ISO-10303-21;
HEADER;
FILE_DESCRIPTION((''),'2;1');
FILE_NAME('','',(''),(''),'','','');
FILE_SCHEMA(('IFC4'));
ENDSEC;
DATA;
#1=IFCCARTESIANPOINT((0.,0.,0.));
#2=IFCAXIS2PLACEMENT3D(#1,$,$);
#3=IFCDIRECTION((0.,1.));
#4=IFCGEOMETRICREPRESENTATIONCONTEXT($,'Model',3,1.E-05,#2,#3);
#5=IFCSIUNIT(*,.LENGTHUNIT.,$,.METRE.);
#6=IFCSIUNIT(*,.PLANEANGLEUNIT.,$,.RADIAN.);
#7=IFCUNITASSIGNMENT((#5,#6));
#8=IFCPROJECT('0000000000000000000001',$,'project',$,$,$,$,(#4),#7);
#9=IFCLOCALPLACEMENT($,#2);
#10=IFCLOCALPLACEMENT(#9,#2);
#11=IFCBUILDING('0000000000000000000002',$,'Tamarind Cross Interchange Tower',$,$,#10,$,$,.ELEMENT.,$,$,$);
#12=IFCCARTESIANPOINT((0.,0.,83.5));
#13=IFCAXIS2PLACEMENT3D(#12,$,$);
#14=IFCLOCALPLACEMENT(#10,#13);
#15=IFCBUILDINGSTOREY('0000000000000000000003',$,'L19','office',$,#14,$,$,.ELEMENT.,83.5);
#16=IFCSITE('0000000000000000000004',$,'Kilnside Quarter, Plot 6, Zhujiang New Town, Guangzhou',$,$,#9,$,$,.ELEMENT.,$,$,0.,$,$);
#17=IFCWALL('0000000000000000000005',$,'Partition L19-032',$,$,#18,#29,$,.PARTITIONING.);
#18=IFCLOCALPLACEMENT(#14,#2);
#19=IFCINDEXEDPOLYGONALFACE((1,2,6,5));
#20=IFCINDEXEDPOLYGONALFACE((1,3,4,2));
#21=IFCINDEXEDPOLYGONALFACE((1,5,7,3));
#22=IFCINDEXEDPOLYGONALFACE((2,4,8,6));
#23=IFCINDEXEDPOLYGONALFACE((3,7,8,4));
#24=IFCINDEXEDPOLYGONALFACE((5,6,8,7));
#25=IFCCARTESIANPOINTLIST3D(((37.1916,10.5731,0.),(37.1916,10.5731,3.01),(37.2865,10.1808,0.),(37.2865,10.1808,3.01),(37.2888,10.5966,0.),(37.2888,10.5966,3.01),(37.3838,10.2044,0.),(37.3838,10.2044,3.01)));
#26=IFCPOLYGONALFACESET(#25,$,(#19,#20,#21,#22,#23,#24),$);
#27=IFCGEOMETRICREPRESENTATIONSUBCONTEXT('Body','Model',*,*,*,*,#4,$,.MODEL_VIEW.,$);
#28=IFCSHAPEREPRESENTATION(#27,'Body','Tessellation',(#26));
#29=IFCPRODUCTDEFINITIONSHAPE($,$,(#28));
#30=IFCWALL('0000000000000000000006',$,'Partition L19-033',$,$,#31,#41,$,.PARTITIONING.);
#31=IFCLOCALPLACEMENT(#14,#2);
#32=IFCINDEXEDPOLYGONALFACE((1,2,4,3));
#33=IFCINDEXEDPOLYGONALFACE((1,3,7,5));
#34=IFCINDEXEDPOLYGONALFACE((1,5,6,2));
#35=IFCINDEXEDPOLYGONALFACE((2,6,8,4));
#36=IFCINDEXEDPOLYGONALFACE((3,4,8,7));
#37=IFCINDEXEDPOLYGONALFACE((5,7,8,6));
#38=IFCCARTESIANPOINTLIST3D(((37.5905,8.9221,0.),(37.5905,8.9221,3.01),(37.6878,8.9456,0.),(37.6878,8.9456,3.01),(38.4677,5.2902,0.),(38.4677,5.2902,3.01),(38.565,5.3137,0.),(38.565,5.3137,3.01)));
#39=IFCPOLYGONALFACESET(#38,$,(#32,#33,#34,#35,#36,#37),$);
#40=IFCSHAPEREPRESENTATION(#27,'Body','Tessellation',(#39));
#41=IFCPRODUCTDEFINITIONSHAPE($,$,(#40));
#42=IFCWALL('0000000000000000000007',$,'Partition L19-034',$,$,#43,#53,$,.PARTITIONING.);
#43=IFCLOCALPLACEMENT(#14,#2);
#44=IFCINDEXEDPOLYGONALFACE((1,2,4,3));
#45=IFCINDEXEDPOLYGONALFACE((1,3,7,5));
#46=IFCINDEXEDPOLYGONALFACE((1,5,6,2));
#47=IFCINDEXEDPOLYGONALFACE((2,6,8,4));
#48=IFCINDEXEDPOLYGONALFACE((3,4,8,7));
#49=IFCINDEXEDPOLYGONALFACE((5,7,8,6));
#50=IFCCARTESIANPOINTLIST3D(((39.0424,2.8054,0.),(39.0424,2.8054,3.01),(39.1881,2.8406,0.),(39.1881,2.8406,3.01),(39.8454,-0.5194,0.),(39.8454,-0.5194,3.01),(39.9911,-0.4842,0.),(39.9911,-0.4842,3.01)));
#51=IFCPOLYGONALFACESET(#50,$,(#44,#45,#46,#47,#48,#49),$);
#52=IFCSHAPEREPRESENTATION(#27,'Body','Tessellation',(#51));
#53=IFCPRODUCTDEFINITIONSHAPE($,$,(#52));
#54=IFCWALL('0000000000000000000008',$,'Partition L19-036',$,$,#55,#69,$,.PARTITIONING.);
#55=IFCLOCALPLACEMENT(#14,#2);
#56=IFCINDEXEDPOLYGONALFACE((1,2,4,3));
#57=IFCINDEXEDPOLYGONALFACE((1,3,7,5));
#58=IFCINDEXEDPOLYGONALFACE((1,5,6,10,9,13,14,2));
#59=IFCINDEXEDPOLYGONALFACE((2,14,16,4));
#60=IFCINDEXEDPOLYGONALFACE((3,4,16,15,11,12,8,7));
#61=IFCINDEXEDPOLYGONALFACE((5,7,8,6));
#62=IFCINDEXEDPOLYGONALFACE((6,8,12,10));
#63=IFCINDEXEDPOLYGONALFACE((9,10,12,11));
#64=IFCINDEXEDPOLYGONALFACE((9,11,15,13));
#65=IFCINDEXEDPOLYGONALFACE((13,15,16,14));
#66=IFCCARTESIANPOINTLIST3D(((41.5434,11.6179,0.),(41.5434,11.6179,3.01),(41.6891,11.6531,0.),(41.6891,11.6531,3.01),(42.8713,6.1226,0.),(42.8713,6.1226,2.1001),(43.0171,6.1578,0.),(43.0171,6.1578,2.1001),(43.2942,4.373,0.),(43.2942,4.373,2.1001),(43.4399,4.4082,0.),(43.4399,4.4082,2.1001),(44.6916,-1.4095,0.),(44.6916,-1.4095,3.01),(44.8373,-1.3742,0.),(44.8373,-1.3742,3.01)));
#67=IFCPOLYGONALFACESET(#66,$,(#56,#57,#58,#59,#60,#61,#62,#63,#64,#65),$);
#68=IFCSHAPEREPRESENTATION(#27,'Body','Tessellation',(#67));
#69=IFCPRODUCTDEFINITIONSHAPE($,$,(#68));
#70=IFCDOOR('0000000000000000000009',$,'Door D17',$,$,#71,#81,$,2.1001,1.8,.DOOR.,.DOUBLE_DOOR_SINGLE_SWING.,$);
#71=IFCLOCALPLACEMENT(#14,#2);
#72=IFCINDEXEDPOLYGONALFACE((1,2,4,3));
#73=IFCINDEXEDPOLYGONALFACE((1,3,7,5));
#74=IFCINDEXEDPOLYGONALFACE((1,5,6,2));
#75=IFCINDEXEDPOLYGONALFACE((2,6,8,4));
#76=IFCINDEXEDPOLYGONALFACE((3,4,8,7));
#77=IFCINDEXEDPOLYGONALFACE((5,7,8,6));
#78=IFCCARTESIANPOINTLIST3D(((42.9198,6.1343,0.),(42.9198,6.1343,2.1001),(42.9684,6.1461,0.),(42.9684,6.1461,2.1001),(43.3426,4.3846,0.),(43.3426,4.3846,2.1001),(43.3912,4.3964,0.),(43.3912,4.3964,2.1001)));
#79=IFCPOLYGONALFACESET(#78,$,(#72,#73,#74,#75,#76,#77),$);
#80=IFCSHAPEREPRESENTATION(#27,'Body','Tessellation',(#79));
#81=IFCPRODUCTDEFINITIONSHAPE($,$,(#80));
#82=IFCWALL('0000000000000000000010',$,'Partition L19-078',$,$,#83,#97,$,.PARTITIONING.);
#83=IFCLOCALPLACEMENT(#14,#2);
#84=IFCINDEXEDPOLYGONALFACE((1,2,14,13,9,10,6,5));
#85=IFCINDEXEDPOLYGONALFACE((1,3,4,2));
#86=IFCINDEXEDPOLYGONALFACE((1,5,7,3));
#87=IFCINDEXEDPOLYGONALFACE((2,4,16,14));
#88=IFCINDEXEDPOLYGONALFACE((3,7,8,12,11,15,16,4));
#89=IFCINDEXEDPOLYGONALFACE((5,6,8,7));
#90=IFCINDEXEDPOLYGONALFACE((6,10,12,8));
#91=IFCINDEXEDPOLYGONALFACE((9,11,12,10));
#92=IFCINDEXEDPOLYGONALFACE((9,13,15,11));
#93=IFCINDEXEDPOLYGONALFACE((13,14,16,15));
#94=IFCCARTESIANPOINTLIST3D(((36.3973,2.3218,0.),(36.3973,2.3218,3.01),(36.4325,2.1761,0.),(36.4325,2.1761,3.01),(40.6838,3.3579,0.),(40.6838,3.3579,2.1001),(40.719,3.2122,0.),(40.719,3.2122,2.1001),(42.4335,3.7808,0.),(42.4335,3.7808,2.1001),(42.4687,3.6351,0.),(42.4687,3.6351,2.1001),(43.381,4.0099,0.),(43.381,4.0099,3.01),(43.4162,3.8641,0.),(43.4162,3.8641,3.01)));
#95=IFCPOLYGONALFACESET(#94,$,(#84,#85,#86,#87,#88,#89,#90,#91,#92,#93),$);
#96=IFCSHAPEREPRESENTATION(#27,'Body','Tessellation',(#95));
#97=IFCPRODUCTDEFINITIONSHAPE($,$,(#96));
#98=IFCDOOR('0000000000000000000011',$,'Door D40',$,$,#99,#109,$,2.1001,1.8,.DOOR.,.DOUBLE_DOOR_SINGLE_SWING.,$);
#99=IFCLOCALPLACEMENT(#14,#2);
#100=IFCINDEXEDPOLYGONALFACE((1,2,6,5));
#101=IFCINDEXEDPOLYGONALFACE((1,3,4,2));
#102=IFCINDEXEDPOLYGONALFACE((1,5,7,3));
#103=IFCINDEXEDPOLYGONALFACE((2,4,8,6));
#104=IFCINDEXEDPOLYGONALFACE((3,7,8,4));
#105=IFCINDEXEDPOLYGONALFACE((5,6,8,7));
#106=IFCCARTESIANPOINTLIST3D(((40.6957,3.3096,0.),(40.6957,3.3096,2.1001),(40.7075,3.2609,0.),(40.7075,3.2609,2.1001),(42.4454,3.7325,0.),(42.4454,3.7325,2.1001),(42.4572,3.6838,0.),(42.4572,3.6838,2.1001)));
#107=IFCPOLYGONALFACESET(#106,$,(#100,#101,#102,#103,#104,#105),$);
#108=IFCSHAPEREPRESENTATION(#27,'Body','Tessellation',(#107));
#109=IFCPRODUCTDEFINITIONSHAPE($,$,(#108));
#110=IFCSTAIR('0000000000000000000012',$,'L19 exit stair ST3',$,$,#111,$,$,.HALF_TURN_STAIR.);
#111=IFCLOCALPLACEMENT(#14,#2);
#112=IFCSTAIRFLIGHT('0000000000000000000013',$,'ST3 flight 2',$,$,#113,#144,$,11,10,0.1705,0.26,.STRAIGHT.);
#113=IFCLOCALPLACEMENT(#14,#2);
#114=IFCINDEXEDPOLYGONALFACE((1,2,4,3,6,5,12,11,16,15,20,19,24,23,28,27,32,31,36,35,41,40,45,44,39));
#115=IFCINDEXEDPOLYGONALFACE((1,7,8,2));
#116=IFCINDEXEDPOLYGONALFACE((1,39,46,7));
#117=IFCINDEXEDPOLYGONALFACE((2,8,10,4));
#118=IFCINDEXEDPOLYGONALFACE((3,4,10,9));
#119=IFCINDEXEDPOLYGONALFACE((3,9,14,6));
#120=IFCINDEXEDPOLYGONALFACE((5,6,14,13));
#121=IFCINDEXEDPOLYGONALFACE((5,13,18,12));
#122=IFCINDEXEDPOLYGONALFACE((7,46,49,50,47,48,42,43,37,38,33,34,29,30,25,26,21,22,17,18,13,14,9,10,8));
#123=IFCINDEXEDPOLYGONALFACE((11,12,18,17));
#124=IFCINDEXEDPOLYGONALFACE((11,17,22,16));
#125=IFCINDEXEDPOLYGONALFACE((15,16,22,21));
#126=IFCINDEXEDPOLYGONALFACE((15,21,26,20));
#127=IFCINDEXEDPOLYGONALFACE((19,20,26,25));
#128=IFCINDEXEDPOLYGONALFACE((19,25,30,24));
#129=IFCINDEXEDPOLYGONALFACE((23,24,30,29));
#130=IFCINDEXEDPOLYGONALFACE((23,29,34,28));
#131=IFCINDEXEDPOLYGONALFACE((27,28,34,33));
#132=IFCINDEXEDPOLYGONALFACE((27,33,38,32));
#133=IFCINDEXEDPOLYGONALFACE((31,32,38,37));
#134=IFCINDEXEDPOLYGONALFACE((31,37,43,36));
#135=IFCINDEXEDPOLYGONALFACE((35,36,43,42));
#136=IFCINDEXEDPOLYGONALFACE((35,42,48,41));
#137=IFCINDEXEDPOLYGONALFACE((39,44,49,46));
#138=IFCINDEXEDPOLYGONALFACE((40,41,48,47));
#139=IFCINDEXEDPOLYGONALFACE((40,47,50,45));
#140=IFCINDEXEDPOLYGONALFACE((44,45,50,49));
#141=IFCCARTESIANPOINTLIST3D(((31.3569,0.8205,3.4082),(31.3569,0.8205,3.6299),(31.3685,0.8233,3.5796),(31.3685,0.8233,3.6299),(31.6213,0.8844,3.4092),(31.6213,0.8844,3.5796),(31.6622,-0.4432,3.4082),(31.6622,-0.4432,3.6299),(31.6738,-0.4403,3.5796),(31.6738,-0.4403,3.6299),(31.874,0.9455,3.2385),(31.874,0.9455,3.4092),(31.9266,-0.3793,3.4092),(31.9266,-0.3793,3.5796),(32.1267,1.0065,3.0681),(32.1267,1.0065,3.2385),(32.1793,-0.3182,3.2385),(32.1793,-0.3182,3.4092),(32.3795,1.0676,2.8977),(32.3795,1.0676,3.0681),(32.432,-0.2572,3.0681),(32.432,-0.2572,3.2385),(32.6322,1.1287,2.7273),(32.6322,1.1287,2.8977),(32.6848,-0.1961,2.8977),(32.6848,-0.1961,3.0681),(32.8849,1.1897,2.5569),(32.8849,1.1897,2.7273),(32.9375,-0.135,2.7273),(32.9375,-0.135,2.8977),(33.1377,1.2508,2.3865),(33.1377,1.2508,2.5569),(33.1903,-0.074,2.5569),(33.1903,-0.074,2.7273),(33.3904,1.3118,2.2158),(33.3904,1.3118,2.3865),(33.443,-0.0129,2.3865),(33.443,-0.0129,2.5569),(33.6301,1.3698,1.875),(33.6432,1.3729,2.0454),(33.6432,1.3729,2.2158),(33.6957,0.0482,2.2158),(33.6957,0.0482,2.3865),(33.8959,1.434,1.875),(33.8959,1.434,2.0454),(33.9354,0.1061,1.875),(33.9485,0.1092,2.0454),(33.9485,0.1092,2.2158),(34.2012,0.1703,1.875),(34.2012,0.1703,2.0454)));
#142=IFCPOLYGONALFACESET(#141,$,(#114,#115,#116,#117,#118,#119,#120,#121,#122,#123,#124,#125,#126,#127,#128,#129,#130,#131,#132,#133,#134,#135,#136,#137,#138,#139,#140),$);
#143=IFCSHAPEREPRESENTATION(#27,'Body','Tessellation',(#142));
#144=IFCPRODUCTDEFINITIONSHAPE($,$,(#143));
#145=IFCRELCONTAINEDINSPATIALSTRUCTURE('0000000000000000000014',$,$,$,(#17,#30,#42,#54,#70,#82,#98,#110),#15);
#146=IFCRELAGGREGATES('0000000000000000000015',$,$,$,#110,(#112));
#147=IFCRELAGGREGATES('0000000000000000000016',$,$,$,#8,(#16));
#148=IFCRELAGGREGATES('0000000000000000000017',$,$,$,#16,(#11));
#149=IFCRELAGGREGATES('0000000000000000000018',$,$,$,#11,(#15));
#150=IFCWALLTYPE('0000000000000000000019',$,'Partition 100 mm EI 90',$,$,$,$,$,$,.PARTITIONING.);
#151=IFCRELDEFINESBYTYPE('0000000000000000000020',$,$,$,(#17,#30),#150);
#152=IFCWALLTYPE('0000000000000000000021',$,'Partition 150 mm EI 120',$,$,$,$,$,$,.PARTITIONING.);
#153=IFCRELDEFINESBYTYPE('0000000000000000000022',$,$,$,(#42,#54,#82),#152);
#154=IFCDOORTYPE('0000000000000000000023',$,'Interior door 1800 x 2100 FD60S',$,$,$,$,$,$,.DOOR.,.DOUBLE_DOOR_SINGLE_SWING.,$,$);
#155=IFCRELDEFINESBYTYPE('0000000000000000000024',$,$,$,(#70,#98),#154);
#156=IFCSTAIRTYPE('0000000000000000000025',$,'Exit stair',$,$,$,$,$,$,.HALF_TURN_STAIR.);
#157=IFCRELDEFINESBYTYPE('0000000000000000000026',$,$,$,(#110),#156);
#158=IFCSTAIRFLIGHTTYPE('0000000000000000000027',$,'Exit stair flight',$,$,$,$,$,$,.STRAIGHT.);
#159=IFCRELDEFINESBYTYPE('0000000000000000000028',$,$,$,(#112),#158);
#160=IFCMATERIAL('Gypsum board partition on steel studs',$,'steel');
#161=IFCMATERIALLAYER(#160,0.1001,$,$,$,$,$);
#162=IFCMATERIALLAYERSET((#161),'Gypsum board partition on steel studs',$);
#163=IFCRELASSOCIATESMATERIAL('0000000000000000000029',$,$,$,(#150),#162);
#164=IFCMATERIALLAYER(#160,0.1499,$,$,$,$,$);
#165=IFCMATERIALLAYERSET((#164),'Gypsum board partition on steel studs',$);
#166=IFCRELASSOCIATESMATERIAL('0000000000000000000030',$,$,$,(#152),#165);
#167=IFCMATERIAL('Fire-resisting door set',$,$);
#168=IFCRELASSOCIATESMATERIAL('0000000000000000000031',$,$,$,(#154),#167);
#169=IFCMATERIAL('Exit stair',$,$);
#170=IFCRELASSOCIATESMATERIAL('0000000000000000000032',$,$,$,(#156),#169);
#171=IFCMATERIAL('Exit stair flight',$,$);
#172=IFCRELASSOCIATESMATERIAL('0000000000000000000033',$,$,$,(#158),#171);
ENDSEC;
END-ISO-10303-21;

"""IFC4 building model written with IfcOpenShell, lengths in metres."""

from ifc_helpers import new_model, si_unit, direction, frame, frame_2d, origin, place, context, subcontext, project, spatial, polyline, rectangle, outline, extrude, material, layer, layer_set, type_object, element, fill, aggregate, save


model = new_model("IFC4")

# Units and contexts
model_context = context("Model", 3, precision=1e-05, world=origin(), true_north=direction((0.0, 1.0)))
body_context = subcontext(model_context, "Body", "Model", "MODEL_VIEW")
ifc_project = project(units=[si_unit("LENGTHUNIT", "METRE"), si_unit("PLANEANGLEUNIT", "RADIAN")], contexts=[model_context])

# Site, building, storey
site_placement = place(None, origin())
site = spatial("IfcSite", under=ifc_project, at=site_placement, Name="Kilnside Quarter, Plot 6, Zhujiang New Town, Guangzhou", CompositionType="ELEMENT", RefElevation=0.0)
building_placement = place(site_placement, origin())
building = spatial("IfcBuilding", under=site, at=building_placement, Name="Tamarind Cross Interchange Tower", CompositionType="ELEMENT")
storey_placement = place(building_placement, frame((0.0, 0.0, 83.5)))
storey = spatial("IfcBuildingStorey", under=building, at=storey_placement, Name="L19", Description="office", CompositionType="ELEMENT", Elevation=83.5)

# Walls
ifc_material_1 = material(Name="Gypsum board partition on steel studs", Category="steel")
ifc_layer_1 = layer(ifc_material_1, 0.1001)
ifc_layer_set_1 = layer_set([ifc_layer_1], Name="Gypsum board partition on steel studs")
wall_type_1 = type_object("IfcWallType", Name="Partition 100 mm EI 90", PredefinedType="PARTITIONING", material=ifc_layer_set_1)
wall_1_placement = place(storey_placement, frame((37.2402, 10.5847, 0.0), z_axis=(0.0, 0.0, 1.0), x_axis=(0.235271, -0.97193, 0.0)))
element("IfcWall", 1, at=wall_1_placement, inside=storey, type_object=wall_type_1, Name="Partition L19-032", PredefinedType="PARTITIONING", context=body_context, shape_type="SweptSolid", body=[
    extrude(rectangle(XDim=0.4036, YDim=0.1001, at=frame_2d((0.2017, 0.0))), origin(), (0.0, 0.0, 1.0), 3.01),
])
wall_2_placement = place(storey_placement, frame((37.6392, 8.9338, 0.0), z_axis=(0.0, 0.0, 1.0), x_axis=(0.234779, -0.972049, 0.0)))
element("IfcWall", 2, at=wall_2_placement, inside=storey, type_object=wall_type_1, Name="Partition L19-033", PredefinedType="PARTITIONING", context=body_context, shape_type="SweptSolid", body=[
    extrude(rectangle(XDim=3.7363, YDim=0.1001, at=frame_2d((1.8682, 0.0))), origin(), (0.0, 0.0, 1.0), 3.01),
])
ifc_layer_2 = layer(ifc_material_1, 0.1499)
ifc_layer_set_2 = layer_set([ifc_layer_2], Name="Gypsum board partition on steel studs")
wall_type_2 = type_object("IfcWallType", Name="Partition 150 mm EI 120", PredefinedType="PARTITIONING", material=ifc_layer_set_2)
wall_3_placement = place(storey_placement, frame((39.1152, 2.823, 0.0), z_axis=(0.0, 0.0, 1.0), x_axis=(0.234768, -0.972051, 0.0)))
element("IfcWall", 3, at=wall_3_placement, inside=storey, type_object=wall_type_2, Name="Partition L19-034", PredefinedType="PARTITIONING", context=body_context, shape_type="SweptSolid", body=[
    extrude(rectangle(XDim=3.4204, YDim=0.1499, at=frame_2d((1.7102, 0.0))), origin(), (0.0, 0.0, 1.0), 3.01),
])

# Walls, openings, doors
wall_4_placement = place(storey_placement, frame((41.6162, 11.6355, 0.0), z_axis=(0.0, 0.0, 1.0), x_axis=(0.234899, -0.97202, 0.0)))
wall_4 = element("IfcWall", 4, at=wall_4_placement, inside=storey, type_object=wall_type_2, Name="Partition L19-036", PredefinedType="PARTITIONING", context=body_context, shape_type="SweptSolid", body=[
    extrude(rectangle(XDim=13.4023, YDim=0.1499, at=frame_2d((6.7012, 0.0))), origin(), (0.0, 0.0, 1.0), 3.01),
])
opening_1_placement = place(wall_4_placement, frame((5.6536, 0.0, 0.0)))
opening_1 = element("IfcOpeningElement", 5, at=opening_1_placement, cuts=wall_4, PredefinedType="OPENING", context=body_context, shape_type="SweptSolid", body=[
    extrude(rectangle(XDim=1.8, YDim=2.1001, at=frame_2d((0.8999, 1.05))), frame((0.0, 0.085, 0.0), z_axis=(0.0, -1.0, 0.0), x_axis=(1.0, 0.0, 0.0)), (0.0, 0.0, 1.0), 0.1699),
])
ifc_material_2 = material(Name="Fire-resisting door set")
door_type = type_object("IfcDoorType", Name="Interior door 1800 x 2100 FD60S", OperationType="DOUBLE_DOOR_SINGLE_SWING", PredefinedType="DOOR", material=ifc_material_2)
door_1_placement = place(opening_1_placement, origin())
door_1 = element("IfcDoor", 6, at=door_1_placement, inside=storey, type_object=door_type, Name="Door D17", OperationType="DOUBLE_DOOR_SINGLE_SWING", OverallHeight=2.1001, OverallWidth=1.8, PredefinedType="DOOR", context=body_context, shape_type="SweptSolid", body=[
    extrude(rectangle(XDim=1.8, YDim=2.1001, at=frame_2d((0.8999, 1.05))), frame((0.0, 0.0249, 0.0), z_axis=(0.0, -1.0, 0.0), x_axis=(1.0, 0.0, 0.0)), (0.0, 0.0, 1.0), 0.05),
])
fill(opening_1, door_1)
wall_5_placement = place(storey_placement, frame((36.415, 2.249, 0.0), z_axis=(0.0, 0.0, 1.0), x_axis=(0.97201, 0.234941, 0.0)))
wall_5 = element("IfcWall", 7, at=wall_5_placement, inside=storey, type_object=wall_type_2, Name="Partition L19-078", PredefinedType="PARTITIONING", context=body_context, shape_type="SweptSolid", body=[
    extrude(rectangle(XDim=7.1848, YDim=0.1499, at=frame_2d((3.5923, 0.0))), origin(), (0.0, 0.0, 1.0), 3.01),
])
opening_2_placement = place(wall_5_placement, frame((4.4099, 0.0, 0.0)))
opening_2 = element("IfcOpeningElement", 8, at=opening_2_placement, cuts=wall_5, PredefinedType="OPENING", context=body_context, shape_type="SweptSolid", body=[
    extrude(rectangle(XDim=1.8, YDim=2.1001, at=frame_2d((0.8999, 1.05))), frame((0.0, 0.085, 0.0), z_axis=(0.0, -1.0, 0.0), x_axis=(1.0, 0.0, 0.0)), (0.0, 0.0, 1.0), 0.1699),
])
door_2_placement = place(opening_2_placement, frame((1.8, 0.0, 0.0), z_axis=(0.0, 0.0, 1.0), x_axis=(-1.0, 0.0, 0.0)))
door_2 = element("IfcDoor", 9, at=door_2_placement, inside=storey, type_object=door_type, Name="Door D40", OperationType="DOUBLE_DOOR_SINGLE_SWING", OverallHeight=2.1001, OverallWidth=1.8, PredefinedType="DOOR", context=body_context, shape_type="SweptSolid", body=[
    extrude(rectangle(XDim=1.8, YDim=2.1001, at=frame_2d((0.8999, 1.05))), frame((0.0, 0.0249, 0.0), z_axis=(0.0, -1.0, 0.0), x_axis=(1.0, 0.0, 0.0)), (0.0, 0.0, 1.0), 0.05),
])
fill(opening_2, door_2)

# Stair, stair flight
ifc_material_3 = material(Name="Exit stair")
stair_type = type_object("IfcStairType", Name="Exit stair", PredefinedType="HALF_TURN_STAIR", material=ifc_material_3)
stair_placement = place(storey_placement, origin())
stair = element("IfcStair", 10, at=stair_placement, inside=storey, type_object=stair_type, Name="L19 exit stair ST3", PredefinedType="HALF_TURN_STAIR")
ifc_material_4 = material(Name="Exit stair flight")
stair_flight_type = type_object("IfcStairFlightType", Name="Exit stair flight", PredefinedType="STRAIGHT", material=ifc_material_4)
stair_flight_placement = place(storey_placement, frame((34.0486, 0.802, 1.875), z_axis=(0.0, 0.0, 1.0), x_axis=(-0.972033, -0.234844, 0.0)))
stair_flight = element("IfcStairFlight", 11, at=stair_flight_placement, type_object=stair_flight_type, Name="ST3 flight 2", NumberOfRisers=11, NumberOfTreads=10, PredefinedType="STRAIGHT", RiserHeight=0.1705, TreadLength=0.26, context=body_context, shape_type="SweptSolid", body=[
    extrude(outline(polyline([(0.0, 0.0), (0.0, 0.1704), (0.26, 0.1704), (0.26, 0.3408), (0.52, 0.3408), (0.52, 0.5115), (0.78, 0.5115), (0.78, 0.6819), (1.04, 0.6819), (1.04, 0.8523), (1.3, 0.8523), (1.3, 1.0227), (1.5601, 1.0227), (1.5601, 1.1931), (1.8201, 1.1931), (1.8201, 1.3635), (2.0801, 1.3635), (2.0801, 1.5342), (2.3401, 1.5342), (2.3401, 1.7046), (2.6001, 1.7046), (2.6001, 1.7549), (2.6121, 1.7549), (2.6121, 1.5332), (0.2734, 0.0), (0.0, 0.0)])), frame((0.0, 0.6499, 0.0), z_axis=(0.0, -1.0, 0.0), x_axis=(1.0, 0.0, 0.0)), (0.0, 0.0, 1.0), 1.3),
])
aggregate(stair, [stair_flight])

save(model, "model.ifc")
